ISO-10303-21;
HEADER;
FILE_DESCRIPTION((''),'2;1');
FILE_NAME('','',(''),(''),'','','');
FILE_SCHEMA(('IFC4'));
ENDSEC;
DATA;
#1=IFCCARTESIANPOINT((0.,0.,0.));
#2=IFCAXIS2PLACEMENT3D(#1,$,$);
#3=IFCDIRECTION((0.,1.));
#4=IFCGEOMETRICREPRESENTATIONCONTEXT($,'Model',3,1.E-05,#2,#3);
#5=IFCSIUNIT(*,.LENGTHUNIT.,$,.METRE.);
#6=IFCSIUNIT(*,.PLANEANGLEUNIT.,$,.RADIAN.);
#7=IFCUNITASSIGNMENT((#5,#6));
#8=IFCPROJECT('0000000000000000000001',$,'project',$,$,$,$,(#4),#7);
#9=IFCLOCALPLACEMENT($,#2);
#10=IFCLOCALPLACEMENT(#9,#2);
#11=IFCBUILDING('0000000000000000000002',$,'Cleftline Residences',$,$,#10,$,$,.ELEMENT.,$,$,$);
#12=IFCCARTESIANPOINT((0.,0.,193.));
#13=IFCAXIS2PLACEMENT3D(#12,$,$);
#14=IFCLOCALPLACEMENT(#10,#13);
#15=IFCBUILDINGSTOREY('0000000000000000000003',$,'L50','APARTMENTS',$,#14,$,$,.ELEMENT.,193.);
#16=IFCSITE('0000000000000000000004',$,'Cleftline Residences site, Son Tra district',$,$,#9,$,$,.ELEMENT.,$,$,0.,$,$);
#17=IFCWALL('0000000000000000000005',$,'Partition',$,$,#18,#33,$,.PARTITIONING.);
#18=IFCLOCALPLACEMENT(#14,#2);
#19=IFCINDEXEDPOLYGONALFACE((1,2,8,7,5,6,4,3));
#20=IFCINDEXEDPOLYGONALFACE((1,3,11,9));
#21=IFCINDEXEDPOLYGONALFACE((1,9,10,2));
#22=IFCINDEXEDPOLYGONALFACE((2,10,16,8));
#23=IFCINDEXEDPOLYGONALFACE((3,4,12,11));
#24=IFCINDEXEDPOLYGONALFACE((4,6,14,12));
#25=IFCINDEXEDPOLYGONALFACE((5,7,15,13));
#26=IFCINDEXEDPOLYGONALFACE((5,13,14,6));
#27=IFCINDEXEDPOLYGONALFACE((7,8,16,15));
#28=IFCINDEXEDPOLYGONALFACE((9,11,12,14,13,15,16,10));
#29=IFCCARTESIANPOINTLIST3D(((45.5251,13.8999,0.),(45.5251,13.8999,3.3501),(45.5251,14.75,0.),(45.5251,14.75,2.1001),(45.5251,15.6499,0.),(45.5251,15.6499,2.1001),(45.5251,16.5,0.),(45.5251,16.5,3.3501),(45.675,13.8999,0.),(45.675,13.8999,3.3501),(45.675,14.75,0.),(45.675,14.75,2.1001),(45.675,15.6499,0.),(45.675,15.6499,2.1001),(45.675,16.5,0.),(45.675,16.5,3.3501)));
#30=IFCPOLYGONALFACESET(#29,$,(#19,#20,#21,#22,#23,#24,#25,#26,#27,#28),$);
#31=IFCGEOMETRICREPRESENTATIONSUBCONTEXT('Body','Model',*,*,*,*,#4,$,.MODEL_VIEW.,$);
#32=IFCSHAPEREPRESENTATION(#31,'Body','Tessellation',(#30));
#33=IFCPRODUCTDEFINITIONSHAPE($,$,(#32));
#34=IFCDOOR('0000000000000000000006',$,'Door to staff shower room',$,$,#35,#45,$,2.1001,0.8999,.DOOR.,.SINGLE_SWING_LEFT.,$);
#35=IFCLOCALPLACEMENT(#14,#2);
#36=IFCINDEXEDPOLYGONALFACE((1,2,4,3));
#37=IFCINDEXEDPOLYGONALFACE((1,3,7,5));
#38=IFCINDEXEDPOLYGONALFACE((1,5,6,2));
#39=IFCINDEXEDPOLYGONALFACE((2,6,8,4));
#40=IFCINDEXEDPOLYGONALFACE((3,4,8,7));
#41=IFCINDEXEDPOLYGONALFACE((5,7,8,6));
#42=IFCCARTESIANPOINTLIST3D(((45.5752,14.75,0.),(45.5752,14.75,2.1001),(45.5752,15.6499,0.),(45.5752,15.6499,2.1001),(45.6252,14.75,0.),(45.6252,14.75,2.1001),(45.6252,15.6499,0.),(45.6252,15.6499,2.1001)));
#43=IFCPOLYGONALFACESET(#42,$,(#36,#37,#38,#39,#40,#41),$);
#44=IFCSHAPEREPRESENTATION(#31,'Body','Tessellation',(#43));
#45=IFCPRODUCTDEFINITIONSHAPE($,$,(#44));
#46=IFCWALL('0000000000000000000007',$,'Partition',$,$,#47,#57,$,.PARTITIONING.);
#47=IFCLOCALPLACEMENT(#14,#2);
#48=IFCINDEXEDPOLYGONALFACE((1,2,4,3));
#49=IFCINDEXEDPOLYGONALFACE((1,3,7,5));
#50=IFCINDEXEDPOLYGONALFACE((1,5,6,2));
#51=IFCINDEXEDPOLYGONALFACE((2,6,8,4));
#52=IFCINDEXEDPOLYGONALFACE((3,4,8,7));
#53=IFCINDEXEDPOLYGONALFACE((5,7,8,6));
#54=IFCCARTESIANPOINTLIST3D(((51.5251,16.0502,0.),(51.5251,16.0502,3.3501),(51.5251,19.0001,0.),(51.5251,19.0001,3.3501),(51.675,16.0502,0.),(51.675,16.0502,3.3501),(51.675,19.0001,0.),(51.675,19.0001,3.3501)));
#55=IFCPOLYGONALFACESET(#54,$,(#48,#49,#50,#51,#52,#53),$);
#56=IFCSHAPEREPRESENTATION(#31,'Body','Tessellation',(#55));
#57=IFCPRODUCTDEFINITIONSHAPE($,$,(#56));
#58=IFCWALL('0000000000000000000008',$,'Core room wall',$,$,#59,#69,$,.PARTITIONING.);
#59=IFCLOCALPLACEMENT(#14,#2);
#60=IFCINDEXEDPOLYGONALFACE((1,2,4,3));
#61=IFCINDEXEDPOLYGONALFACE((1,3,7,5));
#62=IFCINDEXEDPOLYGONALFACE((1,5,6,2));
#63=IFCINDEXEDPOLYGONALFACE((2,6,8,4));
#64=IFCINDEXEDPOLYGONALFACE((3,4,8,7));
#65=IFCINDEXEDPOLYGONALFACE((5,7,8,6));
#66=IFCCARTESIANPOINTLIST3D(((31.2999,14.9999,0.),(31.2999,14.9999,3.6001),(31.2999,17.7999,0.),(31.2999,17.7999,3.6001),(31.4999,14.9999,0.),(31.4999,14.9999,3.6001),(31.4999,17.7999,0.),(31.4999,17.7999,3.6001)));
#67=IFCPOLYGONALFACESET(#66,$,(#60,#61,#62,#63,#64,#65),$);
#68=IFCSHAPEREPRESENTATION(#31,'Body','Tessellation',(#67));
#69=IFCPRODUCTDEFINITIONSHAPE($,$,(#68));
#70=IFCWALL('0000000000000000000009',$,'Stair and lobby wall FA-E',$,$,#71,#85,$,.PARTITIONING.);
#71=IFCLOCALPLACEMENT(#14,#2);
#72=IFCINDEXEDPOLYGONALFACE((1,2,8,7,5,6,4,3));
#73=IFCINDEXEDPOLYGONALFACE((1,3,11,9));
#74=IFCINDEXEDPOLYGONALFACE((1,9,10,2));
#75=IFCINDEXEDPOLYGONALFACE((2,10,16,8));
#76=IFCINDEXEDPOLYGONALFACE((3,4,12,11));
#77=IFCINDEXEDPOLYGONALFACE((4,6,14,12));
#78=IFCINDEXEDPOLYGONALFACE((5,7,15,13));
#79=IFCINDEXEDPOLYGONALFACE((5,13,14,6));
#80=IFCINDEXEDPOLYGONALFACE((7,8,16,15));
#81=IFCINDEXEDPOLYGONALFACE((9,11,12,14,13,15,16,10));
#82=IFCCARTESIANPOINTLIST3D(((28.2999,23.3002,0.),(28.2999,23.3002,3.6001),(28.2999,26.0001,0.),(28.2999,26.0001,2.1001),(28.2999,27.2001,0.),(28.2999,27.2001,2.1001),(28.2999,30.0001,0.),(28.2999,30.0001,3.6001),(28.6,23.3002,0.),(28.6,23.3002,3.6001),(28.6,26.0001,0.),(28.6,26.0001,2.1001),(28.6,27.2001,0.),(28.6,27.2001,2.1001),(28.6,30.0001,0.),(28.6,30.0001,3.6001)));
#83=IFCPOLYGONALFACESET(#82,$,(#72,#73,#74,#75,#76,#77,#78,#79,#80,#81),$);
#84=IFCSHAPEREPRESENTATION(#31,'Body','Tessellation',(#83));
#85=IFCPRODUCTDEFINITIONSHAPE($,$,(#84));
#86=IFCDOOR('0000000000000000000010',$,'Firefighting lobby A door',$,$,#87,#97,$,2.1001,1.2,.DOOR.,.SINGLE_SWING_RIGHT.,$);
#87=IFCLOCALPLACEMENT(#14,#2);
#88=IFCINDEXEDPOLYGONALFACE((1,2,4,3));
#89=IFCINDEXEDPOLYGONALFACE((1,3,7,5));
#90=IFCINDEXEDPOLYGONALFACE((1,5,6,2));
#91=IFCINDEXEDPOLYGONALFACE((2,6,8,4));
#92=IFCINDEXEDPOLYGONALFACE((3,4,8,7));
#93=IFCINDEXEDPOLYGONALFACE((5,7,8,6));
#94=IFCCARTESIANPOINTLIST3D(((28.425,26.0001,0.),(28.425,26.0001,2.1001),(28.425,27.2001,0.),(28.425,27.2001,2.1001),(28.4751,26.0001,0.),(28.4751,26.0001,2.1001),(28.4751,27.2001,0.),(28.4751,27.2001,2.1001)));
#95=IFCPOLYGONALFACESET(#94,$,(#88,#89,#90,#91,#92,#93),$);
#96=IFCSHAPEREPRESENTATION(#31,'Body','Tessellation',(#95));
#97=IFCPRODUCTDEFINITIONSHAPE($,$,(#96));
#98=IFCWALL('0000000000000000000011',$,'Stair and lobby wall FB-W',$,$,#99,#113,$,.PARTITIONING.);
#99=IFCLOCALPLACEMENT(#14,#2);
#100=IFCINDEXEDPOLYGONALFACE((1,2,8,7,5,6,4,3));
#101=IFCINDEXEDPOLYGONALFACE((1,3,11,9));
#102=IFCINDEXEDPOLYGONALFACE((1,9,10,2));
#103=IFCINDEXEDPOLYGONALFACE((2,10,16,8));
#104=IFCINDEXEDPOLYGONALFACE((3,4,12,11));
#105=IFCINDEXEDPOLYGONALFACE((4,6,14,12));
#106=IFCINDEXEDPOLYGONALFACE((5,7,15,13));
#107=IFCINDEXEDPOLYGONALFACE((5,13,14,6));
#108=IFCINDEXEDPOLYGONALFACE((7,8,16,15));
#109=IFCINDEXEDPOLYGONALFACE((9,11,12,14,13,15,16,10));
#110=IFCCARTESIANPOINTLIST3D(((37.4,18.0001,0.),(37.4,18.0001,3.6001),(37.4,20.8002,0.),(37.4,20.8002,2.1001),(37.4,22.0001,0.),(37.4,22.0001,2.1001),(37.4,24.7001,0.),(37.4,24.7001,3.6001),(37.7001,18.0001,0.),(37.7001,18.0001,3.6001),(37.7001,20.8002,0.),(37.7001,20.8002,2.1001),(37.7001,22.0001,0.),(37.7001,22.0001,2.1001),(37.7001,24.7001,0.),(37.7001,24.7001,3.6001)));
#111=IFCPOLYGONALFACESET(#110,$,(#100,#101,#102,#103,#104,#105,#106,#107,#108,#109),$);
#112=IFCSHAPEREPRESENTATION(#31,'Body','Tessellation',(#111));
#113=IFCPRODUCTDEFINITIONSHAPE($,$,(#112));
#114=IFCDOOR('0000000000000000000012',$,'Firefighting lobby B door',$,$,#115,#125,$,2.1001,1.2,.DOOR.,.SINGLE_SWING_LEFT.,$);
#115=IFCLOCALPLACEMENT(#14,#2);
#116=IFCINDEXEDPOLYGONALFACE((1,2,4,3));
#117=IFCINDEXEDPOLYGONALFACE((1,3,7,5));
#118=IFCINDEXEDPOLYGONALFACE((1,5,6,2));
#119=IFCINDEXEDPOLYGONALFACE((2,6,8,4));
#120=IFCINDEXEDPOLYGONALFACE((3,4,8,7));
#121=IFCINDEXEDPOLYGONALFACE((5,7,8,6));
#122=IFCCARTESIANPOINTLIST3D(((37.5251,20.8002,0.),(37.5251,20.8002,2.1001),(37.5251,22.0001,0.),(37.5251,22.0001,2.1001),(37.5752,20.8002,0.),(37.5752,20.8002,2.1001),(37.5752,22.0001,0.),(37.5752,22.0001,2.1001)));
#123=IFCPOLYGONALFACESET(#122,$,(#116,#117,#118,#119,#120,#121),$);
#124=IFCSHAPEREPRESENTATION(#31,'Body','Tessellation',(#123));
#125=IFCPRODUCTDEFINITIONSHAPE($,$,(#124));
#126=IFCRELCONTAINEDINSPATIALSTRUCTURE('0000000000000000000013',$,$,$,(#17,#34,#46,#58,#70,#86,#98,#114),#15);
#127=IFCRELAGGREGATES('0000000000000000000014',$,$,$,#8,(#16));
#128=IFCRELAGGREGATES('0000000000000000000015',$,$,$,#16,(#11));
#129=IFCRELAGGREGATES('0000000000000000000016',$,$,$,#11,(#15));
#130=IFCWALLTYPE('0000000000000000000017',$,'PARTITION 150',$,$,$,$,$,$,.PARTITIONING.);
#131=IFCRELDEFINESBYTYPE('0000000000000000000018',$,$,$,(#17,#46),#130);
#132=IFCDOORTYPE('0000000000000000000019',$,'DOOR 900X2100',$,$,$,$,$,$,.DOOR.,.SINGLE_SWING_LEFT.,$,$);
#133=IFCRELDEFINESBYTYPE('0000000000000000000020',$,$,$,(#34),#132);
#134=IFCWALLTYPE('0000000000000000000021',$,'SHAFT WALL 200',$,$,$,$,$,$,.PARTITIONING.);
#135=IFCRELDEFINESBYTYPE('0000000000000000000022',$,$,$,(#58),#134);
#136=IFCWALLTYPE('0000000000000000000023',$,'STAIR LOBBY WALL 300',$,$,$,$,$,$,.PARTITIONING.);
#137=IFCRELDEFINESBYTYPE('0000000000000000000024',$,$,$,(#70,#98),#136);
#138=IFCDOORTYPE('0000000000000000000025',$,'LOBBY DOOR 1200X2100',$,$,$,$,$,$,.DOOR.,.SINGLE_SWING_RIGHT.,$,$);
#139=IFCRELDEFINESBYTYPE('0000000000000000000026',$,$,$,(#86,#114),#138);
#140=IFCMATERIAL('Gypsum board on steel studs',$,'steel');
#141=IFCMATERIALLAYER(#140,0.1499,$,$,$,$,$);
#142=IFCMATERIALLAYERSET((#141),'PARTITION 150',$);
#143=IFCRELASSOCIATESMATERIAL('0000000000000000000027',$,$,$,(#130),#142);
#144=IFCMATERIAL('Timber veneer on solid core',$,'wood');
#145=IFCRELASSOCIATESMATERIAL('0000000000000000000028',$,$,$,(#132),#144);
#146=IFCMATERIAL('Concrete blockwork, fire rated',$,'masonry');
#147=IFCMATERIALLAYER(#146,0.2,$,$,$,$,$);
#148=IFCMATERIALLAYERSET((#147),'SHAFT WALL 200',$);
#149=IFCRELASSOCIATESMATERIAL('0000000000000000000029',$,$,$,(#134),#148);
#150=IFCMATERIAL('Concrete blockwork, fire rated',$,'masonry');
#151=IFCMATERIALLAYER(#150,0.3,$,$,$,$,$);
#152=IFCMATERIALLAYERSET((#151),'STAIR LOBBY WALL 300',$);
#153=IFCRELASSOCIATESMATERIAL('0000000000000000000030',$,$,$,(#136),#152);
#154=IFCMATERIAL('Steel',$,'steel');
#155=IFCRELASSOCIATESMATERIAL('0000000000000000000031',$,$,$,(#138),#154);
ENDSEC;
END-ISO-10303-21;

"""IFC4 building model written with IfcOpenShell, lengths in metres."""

from ifc_helpers import new_model, si_unit, direction, frame, frame_2d, origin, place, context, subcontext, project, spatial, rectangle, extrude, material, layer, layer_set, type_object, element, fill, save


model = new_model("IFC4")

# Units and contexts
model_context = context("Model", 3, precision=1e-05, world=origin(), true_north=direction((0.0, 1.0)))
body_context = subcontext(model_context, "Body", "Model", "MODEL_VIEW")
ifc_project = project(units=[si_unit("LENGTHUNIT", "METRE"), si_unit("PLANEANGLEUNIT", "RADIAN")], contexts=[model_context])

# Site, building, storey
site_placement = place(None, origin())
site = spatial("IfcSite", under=ifc_project, at=site_placement, Name="Cleftline Residences site, Son Tra district", CompositionType="ELEMENT", RefElevation=0.0)
building_placement = place(site_placement, origin())
building = spatial("IfcBuilding", under=site, at=building_placement, Name="Cleftline Residences", CompositionType="ELEMENT")
storey_placement = place(building_placement, frame((0.0, 0.0, 193.0)))
storey = spatial("IfcBuildingStorey", under=building, at=storey_placement, Name="L50", Description="APARTMENTS", CompositionType="ELEMENT", Elevation=193.0)

# Shared definitions
ifc_material_1 = material(Name="Gypsum board on steel studs", Category="steel")
ifc_layer_1 = layer(ifc_material_1, 0.1499)
ifc_layer_set_1 = layer_set([ifc_layer_1], Name="PARTITION 150")
wall_type_1 = type_object("IfcWallType", Name="PARTITION 150", PredefinedType="PARTITIONING", material=ifc_layer_set_1)

# Wall, opening, door
wall_1_placement = place(storey_placement, frame((45.6001, 13.8999, 0.0), z_axis=(0.0, 0.0, 1.0), x_axis=(0.0, 1.0, 0.0)))
wall_1 = element("IfcWall", 1, at=wall_1_placement, inside=storey, type_object=wall_type_1, Name="Partition", PredefinedType="PARTITIONING", context=body_context, shape_type="SweptSolid", body=[
    extrude(rectangle(XDim=2.6001, YDim=0.1499, at=frame_2d((1.3, 0.0))), origin(), (0.0, 0.0, 1.0), 3.3501),
])
opening_1_placement = place(wall_1_placement, frame((0.8501, 0.0, 0.0)))
opening_1 = element("IfcOpeningElement", 2, at=opening_1_placement, cuts=wall_1, PredefinedType="OPENING", context=body_context, shape_type="SweptSolid", body=[
    extrude(rectangle(XDim=0.8999, YDim=2.1001, at=frame_2d((0.45, 1.05))), frame((0.0, 0.085, 0.0), z_axis=(0.0, -1.0, 0.0), x_axis=(1.0, 0.0, 0.0)), (0.0, 0.0, 1.0), 0.1699),
])
ifc_material_2 = material(Name="Timber veneer on solid core", Category="wood")
door_type_1 = type_object("IfcDoorType", Name="DOOR 900X2100", OperationType="SINGLE_SWING_LEFT", PredefinedType="DOOR", material=ifc_material_2)
door_1_placement = place(opening_1_placement, origin())
door_1 = element("IfcDoor", 3, at=door_1_placement, inside=storey, type_object=door_type_1, Name="Door to staff shower room", OperationType="SINGLE_SWING_LEFT", OverallHeight=2.1001, OverallWidth=0.8999, PredefinedType="DOOR", context=body_context, shape_type="SweptSolid", body=[
    extrude(rectangle(XDim=0.8999, YDim=2.1001, at=frame_2d((0.45, 1.05))), frame((0.0, 0.0249, 0.0), z_axis=(0.0, -1.0, 0.0), x_axis=(1.0, 0.0, 0.0)), (0.0, 0.0, 1.0), 0.05),
])
fill(opening_1, door_1)

# Walls
wall_2_placement = place(storey_placement, frame((51.6001, 16.05, 0.0), z_axis=(0.0, 0.0, 1.0), x_axis=(0.0, 1.0, 0.0)))
element("IfcWall", 4, at=wall_2_placement, inside=storey, type_object=wall_type_1, Name="Partition", PredefinedType="PARTITIONING", context=body_context, shape_type="SweptSolid", body=[
    extrude(rectangle(XDim=2.95, YDim=0.1499, at=frame_2d((1.4751, 0.0))), origin(), (0.0, 0.0, 1.0), 3.3501),
])
ifc_material_3 = material(Name="Concrete blockwork, fire rated", Category="masonry")
ifc_layer_2 = layer(ifc_material_3, 0.2)
ifc_layer_set_2 = layer_set([ifc_layer_2], Name="SHAFT WALL 200")
wall_type_2 = type_object("IfcWallType", Name="SHAFT WALL 200", PredefinedType="PARTITIONING", material=ifc_layer_set_2)
wall_3_placement = place(storey_placement, frame((31.3999, 15.0, 0.0), z_axis=(0.0, 0.0, 1.0), x_axis=(0.0, 1.0, 0.0)))
element("IfcWall", 5, at=wall_3_placement, inside=storey, type_object=wall_type_2, Name="Core room wall", PredefinedType="PARTITIONING", context=body_context, shape_type="SweptSolid", body=[
    extrude(rectangle(XDim=2.8, YDim=0.2, at=frame_2d((1.3999, 0.0))), origin(), (0.0, 0.0, 1.0), 3.6001),
])

# Walls, openings, doors
ifc_material_4 = material(Name="Concrete blockwork, fire rated", Category="masonry")
ifc_layer_3 = layer(ifc_material_4, 0.3)
ifc_layer_set_3 = layer_set([ifc_layer_3], Name="STAIR LOBBY WALL 300")
wall_type_3 = type_object("IfcWallType", Name="STAIR LOBBY WALL 300", PredefinedType="PARTITIONING", material=ifc_layer_set_3)
wall_4_placement = place(storey_placement, frame((28.45, 23.3, 0.0), z_axis=(0.0, 0.0, 1.0), x_axis=(0.0, 1.0, 0.0)))
wall_4 = element("IfcWall", 6, at=wall_4_placement, inside=storey, type_object=wall_type_3, Name="Stair and lobby wall FA-E", PredefinedType="PARTITIONING", context=body_context, shape_type="SweptSolid", body=[
    extrude(rectangle(XDim=6.7, YDim=0.3, at=frame_2d((3.3501, 0.0))), origin(), (0.0, 0.0, 1.0), 3.6001),
])
opening_2_placement = place(wall_4_placement, frame((2.7, 0.0, 0.0)))
opening_2 = element("IfcOpeningElement", 7, at=opening_2_placement, cuts=wall_4, PredefinedType="OPENING", context=body_context, shape_type="SweptSolid", body=[
    extrude(rectangle(XDim=1.2, YDim=2.1001, at=frame_2d((0.6001, 1.05))), frame((0.0, 0.1599, 0.0), z_axis=(0.0, -1.0, 0.0), x_axis=(1.0, 0.0, 0.0)), (0.0, 0.0, 1.0), 0.3201),
])
ifc_material_5 = material(Name="Steel", Category="steel")
door_type_2 = type_object("IfcDoorType", Name="LOBBY DOOR 1200X2100", OperationType="SINGLE_SWING_RIGHT", PredefinedType="DOOR", material=ifc_material_5)
door_2_placement = place(opening_2_placement, origin())
door_2 = element("IfcDoor", 8, at=door_2_placement, inside=storey, type_object=door_type_2, Name="Firefighting lobby A door", OperationType="SINGLE_SWING_RIGHT", OverallHeight=2.1001, OverallWidth=1.2, PredefinedType="DOOR", context=body_context, shape_type="SweptSolid", body=[
    extrude(rectangle(XDim=1.2, YDim=2.1001, at=frame_2d((0.6001, 1.05))), frame((0.0, 0.0249, 0.0), z_axis=(0.0, -1.0, 0.0), x_axis=(1.0, 0.0, 0.0)), (0.0, 0.0, 1.0), 0.05),
])
fill(opening_2, door_2)
wall_5_placement = place(storey_placement, frame((37.55, 18.0, 0.0), z_axis=(0.0, 0.0, 1.0), x_axis=(0.0, 1.0, 0.0)))
wall_5 = element("IfcWall", 9, at=wall_5_placement, inside=storey, type_object=wall_type_3, Name="Stair and lobby wall FB-W", PredefinedType="PARTITIONING", context=body_context, shape_type="SweptSolid", body=[
    extrude(rectangle(XDim=6.7, YDim=0.3, at=frame_2d((3.3501, 0.0))), origin(), (0.0, 0.0, 1.0), 3.6001),
])
opening_3_placement = place(wall_5_placement, frame((2.8, 0.0, 0.0)))
opening_3 = element("IfcOpeningElement", 10, at=opening_3_placement, cuts=wall_5, PredefinedType="OPENING", context=body_context, shape_type="SweptSolid", body=[
    extrude(rectangle(XDim=1.2, YDim=2.1001, at=frame_2d((0.6001, 1.05))), frame((0.0, 0.1599, 0.0), z_axis=(0.0, -1.0, 0.0), x_axis=(1.0, 0.0, 0.0)), (0.0, 0.0, 1.0), 0.3201),
])
door_3_placement = place(opening_3_placement, origin())
door_3 = element("IfcDoor", 11, at=door_3_placement, inside=storey, type_object=door_type_2, Name="Firefighting lobby B door", OperationType="SINGLE_SWING_LEFT", OverallHeight=2.1001, OverallWidth=1.2, PredefinedType="DOOR", context=body_context, shape_type="SweptSolid", body=[
    extrude(rectangle(XDim=1.2, YDim=2.1001, at=frame_2d((0.6001, 1.05))), frame((0.0, 0.0249, 0.0), z_axis=(0.0, -1.0, 0.0), x_axis=(1.0, 0.0, 0.0)), (0.0, 0.0, 1.0), 0.05),
])
fill(opening_3, door_3)

save(model, "model.ifc")
